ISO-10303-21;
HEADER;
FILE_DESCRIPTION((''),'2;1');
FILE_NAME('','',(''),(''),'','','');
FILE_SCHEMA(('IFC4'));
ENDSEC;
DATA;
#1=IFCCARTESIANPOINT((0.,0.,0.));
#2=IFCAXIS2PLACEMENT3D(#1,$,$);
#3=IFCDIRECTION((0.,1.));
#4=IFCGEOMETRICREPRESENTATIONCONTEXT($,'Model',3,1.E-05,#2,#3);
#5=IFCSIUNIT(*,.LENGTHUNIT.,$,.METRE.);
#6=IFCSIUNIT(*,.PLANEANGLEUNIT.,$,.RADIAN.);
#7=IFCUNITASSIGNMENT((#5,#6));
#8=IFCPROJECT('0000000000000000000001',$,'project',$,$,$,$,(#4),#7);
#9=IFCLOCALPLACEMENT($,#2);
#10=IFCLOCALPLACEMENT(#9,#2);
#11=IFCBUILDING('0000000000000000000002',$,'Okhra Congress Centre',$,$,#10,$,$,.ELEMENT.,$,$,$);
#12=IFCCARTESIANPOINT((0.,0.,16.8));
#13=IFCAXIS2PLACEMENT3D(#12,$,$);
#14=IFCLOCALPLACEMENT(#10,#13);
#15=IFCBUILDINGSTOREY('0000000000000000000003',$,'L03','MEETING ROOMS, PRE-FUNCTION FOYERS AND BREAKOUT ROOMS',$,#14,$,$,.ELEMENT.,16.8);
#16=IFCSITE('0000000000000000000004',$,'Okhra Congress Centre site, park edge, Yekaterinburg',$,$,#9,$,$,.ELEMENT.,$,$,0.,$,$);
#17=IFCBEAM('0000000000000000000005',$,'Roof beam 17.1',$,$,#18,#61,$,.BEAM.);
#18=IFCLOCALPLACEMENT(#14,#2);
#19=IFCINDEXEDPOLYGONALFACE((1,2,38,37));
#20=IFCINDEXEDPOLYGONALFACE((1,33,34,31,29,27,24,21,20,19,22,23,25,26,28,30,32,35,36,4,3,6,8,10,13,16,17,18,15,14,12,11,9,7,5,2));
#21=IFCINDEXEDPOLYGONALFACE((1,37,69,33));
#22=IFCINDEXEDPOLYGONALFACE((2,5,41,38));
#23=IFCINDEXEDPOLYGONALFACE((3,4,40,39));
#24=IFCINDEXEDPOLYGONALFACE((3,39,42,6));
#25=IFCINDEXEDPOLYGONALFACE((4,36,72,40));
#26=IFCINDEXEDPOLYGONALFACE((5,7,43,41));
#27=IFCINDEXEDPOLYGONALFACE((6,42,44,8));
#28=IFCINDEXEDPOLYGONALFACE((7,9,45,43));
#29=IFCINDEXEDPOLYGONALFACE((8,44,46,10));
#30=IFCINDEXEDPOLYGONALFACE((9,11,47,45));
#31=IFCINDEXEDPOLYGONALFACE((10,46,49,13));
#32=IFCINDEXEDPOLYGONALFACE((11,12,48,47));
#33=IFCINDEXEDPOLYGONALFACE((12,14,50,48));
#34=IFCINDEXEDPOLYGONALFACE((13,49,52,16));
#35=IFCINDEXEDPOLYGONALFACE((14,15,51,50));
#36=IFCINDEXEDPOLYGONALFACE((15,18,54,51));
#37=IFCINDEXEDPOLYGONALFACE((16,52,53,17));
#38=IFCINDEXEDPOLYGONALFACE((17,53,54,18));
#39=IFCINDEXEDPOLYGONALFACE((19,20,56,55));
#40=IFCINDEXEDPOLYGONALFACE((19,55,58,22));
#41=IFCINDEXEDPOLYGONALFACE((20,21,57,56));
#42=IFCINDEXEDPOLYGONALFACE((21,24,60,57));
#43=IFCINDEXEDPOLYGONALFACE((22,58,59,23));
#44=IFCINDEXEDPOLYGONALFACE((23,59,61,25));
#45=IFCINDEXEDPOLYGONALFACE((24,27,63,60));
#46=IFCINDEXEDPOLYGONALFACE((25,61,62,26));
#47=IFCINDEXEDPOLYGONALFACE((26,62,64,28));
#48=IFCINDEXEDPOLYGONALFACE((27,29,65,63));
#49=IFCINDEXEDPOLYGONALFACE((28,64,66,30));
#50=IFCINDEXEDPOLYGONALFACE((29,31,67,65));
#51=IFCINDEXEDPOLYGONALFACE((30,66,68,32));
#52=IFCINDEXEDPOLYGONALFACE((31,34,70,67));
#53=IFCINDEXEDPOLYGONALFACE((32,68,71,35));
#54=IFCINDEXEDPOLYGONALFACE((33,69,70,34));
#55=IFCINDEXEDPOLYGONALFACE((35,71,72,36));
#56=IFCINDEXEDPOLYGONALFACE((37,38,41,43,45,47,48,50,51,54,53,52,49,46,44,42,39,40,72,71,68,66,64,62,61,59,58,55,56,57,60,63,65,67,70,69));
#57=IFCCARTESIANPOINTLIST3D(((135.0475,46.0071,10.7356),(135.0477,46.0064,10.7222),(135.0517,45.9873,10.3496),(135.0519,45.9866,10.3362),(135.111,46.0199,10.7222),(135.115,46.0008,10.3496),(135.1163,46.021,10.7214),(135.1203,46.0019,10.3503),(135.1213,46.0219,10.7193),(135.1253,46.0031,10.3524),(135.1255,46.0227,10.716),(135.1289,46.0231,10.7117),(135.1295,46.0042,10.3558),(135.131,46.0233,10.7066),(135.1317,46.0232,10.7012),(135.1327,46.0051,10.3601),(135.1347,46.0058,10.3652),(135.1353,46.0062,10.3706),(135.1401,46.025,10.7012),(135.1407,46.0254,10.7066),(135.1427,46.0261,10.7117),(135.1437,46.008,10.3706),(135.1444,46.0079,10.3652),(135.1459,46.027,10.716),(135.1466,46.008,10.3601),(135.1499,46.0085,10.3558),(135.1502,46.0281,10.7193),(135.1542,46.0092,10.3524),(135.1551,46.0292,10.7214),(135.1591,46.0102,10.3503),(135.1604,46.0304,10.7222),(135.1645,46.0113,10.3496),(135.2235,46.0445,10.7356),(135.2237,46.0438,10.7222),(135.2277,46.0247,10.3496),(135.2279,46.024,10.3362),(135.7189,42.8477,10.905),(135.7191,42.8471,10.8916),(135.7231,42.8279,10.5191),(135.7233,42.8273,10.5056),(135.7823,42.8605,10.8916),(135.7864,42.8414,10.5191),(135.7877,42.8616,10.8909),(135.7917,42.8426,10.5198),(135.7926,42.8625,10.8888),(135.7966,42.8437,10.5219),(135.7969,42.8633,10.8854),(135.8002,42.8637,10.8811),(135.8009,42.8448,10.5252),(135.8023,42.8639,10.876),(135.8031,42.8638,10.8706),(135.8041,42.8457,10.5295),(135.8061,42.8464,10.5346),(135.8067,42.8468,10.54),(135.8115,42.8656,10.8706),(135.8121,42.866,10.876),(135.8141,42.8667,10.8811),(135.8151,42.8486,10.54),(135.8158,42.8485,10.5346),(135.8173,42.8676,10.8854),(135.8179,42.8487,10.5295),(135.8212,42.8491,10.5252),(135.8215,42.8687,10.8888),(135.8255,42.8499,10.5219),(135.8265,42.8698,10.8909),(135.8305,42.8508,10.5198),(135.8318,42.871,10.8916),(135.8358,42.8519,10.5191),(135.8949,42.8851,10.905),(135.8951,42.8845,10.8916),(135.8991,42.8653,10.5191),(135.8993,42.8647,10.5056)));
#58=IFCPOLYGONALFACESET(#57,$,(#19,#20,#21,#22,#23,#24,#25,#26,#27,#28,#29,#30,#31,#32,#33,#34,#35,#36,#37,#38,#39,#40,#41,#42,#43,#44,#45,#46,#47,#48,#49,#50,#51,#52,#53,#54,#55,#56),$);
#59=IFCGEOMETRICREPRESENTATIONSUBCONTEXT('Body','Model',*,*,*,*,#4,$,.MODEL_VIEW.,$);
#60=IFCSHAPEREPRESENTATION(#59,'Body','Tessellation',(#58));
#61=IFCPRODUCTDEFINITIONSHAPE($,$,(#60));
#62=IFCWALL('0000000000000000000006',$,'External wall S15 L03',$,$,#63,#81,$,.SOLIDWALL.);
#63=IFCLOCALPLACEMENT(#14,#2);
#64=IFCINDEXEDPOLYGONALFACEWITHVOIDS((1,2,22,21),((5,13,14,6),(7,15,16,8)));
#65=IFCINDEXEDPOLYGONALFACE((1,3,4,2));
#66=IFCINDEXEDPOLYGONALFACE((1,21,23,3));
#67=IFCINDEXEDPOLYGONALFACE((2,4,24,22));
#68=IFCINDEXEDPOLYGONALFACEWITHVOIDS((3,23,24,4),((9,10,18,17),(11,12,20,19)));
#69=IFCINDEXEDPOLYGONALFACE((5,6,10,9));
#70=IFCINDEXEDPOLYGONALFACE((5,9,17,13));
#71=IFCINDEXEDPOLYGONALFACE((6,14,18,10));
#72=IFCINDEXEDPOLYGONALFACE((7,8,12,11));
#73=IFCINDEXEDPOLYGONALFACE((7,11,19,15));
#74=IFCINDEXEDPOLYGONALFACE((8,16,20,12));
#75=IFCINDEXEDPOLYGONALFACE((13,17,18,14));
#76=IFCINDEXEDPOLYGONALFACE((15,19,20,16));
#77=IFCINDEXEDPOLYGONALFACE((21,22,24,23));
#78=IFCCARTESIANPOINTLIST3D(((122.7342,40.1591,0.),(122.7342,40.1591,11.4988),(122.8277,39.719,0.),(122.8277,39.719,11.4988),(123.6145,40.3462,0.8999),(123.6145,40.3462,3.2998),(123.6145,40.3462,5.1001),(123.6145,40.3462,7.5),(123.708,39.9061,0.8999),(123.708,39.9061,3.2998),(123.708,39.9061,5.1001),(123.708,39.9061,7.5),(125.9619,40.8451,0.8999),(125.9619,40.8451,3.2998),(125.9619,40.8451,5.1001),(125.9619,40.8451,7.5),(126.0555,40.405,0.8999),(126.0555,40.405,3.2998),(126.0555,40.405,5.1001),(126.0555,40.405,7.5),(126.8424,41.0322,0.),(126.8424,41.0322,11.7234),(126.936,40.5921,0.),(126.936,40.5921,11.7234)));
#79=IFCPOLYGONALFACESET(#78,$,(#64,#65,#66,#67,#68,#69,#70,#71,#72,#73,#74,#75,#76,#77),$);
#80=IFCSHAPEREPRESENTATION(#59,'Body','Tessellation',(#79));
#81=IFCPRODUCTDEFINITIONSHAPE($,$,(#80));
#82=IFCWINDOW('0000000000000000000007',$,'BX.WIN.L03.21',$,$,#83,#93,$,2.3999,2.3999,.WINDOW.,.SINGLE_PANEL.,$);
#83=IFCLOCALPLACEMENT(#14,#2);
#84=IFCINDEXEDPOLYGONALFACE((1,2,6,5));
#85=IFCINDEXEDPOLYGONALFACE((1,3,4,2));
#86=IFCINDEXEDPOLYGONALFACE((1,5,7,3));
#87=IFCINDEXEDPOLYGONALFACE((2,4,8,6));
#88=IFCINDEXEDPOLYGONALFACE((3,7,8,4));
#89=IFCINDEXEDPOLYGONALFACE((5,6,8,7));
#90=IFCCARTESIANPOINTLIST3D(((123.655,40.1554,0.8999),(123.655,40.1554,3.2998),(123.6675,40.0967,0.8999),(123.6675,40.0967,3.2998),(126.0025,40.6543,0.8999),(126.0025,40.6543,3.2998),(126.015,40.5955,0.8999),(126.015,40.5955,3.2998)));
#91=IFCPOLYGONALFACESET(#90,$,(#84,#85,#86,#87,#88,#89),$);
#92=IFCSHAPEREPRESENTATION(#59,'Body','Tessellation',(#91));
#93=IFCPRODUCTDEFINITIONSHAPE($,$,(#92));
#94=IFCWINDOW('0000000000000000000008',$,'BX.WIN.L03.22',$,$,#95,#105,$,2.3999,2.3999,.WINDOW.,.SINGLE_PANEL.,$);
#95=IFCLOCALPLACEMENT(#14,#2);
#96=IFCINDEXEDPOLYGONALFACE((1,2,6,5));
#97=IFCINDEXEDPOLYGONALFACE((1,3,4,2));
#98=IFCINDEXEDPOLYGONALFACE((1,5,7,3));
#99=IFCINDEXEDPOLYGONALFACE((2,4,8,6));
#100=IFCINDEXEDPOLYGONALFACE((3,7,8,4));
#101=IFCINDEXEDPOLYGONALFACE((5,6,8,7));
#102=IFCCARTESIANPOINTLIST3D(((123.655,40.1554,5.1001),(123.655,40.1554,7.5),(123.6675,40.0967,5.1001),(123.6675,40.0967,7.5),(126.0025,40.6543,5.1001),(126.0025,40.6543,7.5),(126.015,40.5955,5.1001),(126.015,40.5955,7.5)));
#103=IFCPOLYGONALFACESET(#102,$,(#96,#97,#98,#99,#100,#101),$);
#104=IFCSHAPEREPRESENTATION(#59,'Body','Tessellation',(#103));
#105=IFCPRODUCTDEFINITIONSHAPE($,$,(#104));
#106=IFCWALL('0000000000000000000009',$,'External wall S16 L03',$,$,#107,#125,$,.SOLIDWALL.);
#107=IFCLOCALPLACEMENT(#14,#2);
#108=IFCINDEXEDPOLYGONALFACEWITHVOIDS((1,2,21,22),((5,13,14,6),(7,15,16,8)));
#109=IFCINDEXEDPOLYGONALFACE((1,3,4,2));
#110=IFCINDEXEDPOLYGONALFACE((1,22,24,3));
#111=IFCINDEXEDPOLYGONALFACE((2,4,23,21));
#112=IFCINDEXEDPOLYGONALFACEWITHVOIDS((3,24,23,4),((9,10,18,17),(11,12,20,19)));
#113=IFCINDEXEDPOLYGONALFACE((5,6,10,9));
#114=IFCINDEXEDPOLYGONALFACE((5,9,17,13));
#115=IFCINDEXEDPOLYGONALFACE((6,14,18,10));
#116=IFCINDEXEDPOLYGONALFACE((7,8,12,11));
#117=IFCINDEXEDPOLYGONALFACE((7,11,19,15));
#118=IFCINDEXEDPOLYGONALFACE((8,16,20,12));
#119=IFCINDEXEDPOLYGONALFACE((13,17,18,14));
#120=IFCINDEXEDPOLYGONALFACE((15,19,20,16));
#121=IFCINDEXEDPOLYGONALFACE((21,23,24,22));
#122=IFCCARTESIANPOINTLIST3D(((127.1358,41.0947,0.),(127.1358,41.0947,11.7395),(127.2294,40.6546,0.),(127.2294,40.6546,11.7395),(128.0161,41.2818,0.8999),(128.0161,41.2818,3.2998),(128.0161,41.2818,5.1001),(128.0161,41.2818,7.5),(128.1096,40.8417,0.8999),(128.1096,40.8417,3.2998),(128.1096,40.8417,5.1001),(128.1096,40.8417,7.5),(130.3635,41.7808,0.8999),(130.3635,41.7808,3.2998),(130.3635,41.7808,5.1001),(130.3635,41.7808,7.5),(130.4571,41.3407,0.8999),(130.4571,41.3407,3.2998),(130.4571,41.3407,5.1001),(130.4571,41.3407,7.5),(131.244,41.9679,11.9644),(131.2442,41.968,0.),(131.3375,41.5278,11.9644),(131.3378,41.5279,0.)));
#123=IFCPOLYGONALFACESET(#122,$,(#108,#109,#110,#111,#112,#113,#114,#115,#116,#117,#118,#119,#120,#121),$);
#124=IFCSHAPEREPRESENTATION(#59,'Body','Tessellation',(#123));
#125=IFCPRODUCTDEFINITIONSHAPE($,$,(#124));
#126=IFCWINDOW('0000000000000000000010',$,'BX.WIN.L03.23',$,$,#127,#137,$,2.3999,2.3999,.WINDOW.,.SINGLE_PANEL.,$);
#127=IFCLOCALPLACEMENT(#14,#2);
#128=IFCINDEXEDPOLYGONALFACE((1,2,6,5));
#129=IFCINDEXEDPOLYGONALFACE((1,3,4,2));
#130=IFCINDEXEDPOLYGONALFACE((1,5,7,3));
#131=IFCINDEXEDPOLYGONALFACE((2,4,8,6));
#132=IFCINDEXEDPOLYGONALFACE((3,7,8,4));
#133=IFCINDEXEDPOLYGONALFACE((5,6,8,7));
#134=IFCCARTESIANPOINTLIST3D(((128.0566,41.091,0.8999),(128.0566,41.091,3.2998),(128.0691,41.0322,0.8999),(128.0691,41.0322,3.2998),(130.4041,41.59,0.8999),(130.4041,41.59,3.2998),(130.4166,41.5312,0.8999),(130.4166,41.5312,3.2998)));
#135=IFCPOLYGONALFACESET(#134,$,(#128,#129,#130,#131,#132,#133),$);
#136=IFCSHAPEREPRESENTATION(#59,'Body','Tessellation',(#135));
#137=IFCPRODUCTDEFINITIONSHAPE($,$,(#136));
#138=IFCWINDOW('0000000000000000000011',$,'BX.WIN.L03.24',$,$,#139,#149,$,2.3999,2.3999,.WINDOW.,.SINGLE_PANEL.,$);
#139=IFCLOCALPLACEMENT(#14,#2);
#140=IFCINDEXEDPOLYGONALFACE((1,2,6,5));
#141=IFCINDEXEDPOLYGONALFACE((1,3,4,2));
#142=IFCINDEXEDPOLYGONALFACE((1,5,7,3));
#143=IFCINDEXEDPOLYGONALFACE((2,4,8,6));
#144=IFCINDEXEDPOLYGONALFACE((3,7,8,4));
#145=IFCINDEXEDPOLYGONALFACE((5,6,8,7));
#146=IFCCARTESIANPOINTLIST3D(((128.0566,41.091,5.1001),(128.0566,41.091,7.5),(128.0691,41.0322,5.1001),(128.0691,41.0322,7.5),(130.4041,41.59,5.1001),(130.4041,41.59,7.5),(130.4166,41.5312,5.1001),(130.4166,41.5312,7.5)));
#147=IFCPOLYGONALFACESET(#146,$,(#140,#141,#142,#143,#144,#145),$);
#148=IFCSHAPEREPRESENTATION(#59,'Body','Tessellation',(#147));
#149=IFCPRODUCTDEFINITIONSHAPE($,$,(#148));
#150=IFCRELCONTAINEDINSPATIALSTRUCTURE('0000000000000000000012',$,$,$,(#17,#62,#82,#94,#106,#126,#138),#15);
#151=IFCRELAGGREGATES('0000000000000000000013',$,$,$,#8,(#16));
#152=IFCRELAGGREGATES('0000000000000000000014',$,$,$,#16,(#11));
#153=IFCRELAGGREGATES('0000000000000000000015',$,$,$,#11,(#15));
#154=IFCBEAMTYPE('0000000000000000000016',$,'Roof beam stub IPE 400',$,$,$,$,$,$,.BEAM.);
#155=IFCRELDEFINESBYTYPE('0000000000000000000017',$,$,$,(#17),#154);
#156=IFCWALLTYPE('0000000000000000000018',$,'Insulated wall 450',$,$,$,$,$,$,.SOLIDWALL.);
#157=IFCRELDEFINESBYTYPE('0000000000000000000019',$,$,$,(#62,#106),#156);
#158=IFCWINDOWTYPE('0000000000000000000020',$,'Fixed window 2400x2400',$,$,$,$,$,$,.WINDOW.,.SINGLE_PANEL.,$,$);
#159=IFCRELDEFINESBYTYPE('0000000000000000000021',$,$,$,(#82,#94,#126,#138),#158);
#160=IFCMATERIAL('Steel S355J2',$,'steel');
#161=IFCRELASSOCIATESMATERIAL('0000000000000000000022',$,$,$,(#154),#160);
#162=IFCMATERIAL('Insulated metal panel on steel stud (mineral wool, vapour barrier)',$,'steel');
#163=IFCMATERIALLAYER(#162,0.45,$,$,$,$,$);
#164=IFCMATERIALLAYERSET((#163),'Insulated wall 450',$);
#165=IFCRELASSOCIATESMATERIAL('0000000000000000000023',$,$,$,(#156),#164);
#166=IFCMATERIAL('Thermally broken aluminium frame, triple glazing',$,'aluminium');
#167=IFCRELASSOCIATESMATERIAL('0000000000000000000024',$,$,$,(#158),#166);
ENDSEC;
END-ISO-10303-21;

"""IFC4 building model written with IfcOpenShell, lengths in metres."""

from ifc_helpers import new_model, si_unit, direction, frame, frame_2d, origin, origin_2d, place, context, subcontext, project, spatial, polyline, rectangle, i_section, outline, extrude, material, layer, layer_set, material_profile, profile_set, type_object, element, fill, save


model = new_model("IFC4")

# Units and contexts
model_context = context("Model", 3, precision=1e-05, world=origin(), true_north=direction((0.0, 1.0)))
body_context = subcontext(model_context, "Body", "Model", "MODEL_VIEW")
ifc_project = project(units=[si_unit("LENGTHUNIT", "METRE"), si_unit("PLANEANGLEUNIT", "RADIAN")], contexts=[model_context])

# Site, building, storey
site_placement = place(None, origin())
site = spatial("IfcSite", under=ifc_project, at=site_placement, Name="Okhra Congress Centre site, park edge, Yekaterinburg", CompositionType="ELEMENT", RefElevation=0.0)
building_placement = place(site_placement, origin())
building = spatial("IfcBuilding", under=site, at=building_placement, Name="Okhra Congress Centre", CompositionType="ELEMENT")
storey_placement = place(building_placement, frame((0.0, 0.0, 16.8)))
storey = spatial("IfcBuildingStorey", under=building, at=storey_placement, Name="L03", Description="MEETING ROOMS, PRE-FUNCTION FOYERS AND BREAKOUT ROOMS", CompositionType="ELEMENT", Elevation=16.8)

# Shared definitions
ifc_material_1 = material(Name="Steel S355J2", Category="steel")

# Beam
ifc_material_profile_1 = material_profile(ifc_material_1, i_section(OverallWidth=0.1799, OverallDepth=0.3999, WebThickness=0.0085, FlangeThickness=0.0134, FilletRadius=0.021, at=origin_2d()), Name="IPE 400")
ifc_profile_set_1 = profile_set([ifc_material_profile_1], Name="Steel S355J2")
beam_type_1 = type_object("IfcBeamType", Name="Roof beam stub IPE 400", PredefinedType="BEAM", material=ifc_profile_set_1)
beam_placement = place(storey_placement, frame((135.8091, 42.8562, 10.7053), z_axis=(-0.207576, 0.976815, -0.052385), x_axis=(-0.978158, -0.207861, 0.0)))
element("IfcBeam", 1, at=beam_placement, inside=storey, type_object=beam_type_1, Name="Roof beam 17.1", PredefinedType="BEAM", context=body_context, shape_type="SweptSolid", body=[
    extrude(i_section(OverallWidth=0.1799, OverallDepth=0.3999, WebThickness=0.0085, FlangeThickness=0.0134, FilletRadius=0.021, at=origin_2d()), origin(), (0.0, 0.0, 1.0), 3.2344),
])

# Walls, openings, windows
ifc_material_2 = material(Name="Insulated metal panel on steel stud (mineral wool, vapour barrier)", Category="steel")
ifc_layer_1 = layer(ifc_material_2, 0.45)
ifc_layer_set_1 = layer_set([ifc_layer_1], Name="Insulated wall 450")
wall_type_1 = type_object("IfcWallType", Name="Insulated wall 450", PredefinedType="SOLIDWALL", material=ifc_layer_set_1)
wall_1_placement = place(storey_placement, frame((122.781, 39.939, 0.0), z_axis=(0.0, 0.0, 1.0), x_axis=(0.978156, 0.207873, 0.0)))
wall_1 = element("IfcWall", 2, at=wall_1_placement, inside=storey, type_object=wall_type_1, Name="External wall S15 L03", PredefinedType="SOLIDWALL", context=body_context, shape_type="SweptSolid", body=[
    extrude(outline(polyline([(0.0, 0.0), (4.2, 0.0), (4.2, 11.7234), (0.0, 11.4988), (0.0, 0.0)])), frame((0.0, 0.2251, 0.0), z_axis=(0.0, -1.0, 0.0), x_axis=(1.0, 0.0, 0.0)), (0.0, 0.0, 1.0), 0.45),
])
opening_1_placement = place(wall_1_placement, frame((0.8999, 0.0, 0.8999)))
opening_1 = element("IfcOpeningElement", 3, at=opening_1_placement, cuts=wall_1, PredefinedType="OPENING", context=body_context, shape_type="SweptSolid", body=[
    extrude(rectangle(XDim=2.3999, YDim=2.3999, at=frame_2d((1.2, 1.2))), frame((0.0, 0.2349, 0.0), z_axis=(0.0, -1.0, 0.0), x_axis=(1.0, 0.0, 0.0)), (0.0, 0.0, 1.0), 0.47),
])
opening_2_placement = place(wall_1_placement, frame((0.8999, 0.0, 5.1001)))
opening_2 = element("IfcOpeningElement", 4, at=opening_2_placement, cuts=wall_1, PredefinedType="OPENING", context=body_context, shape_type="SweptSolid", body=[
    extrude(rectangle(XDim=2.3999, YDim=2.3999, at=frame_2d((1.2, 1.2))), frame((0.0, 0.2349, 0.0), z_axis=(0.0, -1.0, 0.0), x_axis=(1.0, 0.0, 0.0)), (0.0, 0.0, 1.0), 0.47),
])
ifc_material_3 = material(Name="Thermally broken aluminium frame, triple glazing", Category="aluminium")
window_type_1 = type_object("IfcWindowType", Name="Fixed window 2400x2400", PartitioningType="SINGLE_PANEL", PredefinedType="WINDOW", material=ifc_material_3)
window_1_placement = place(opening_1_placement, origin())
window_1 = element("IfcWindow", 5, at=window_1_placement, inside=storey, type_object=window_type_1, Name="BX.WIN.L03.21", OverallHeight=2.3999, OverallWidth=2.3999, PartitioningType="SINGLE_PANEL", PredefinedType="WINDOW", context=body_context, shape_type="SweptSolid", body=[
    extrude(rectangle(XDim=2.3999, YDim=2.3999, at=frame_2d((1.2, 1.2))), frame((0.0, 0.03, 0.0), z_axis=(0.0, -1.0, 0.0), x_axis=(1.0, 0.0, 0.0)), (0.0, 0.0, 1.0), 0.0601),
])
fill(opening_1, window_1)
window_2_placement = place(opening_2_placement, origin())
window_2 = element("IfcWindow", 6, at=window_2_placement, inside=storey, type_object=window_type_1, Name="BX.WIN.L03.22", OverallHeight=2.3999, OverallWidth=2.3999, PartitioningType="SINGLE_PANEL", PredefinedType="WINDOW", context=body_context, shape_type="SweptSolid", body=[
    extrude(rectangle(XDim=2.3999, YDim=2.3999, at=frame_2d((1.2, 1.2))), frame((0.0, 0.03, 0.0), z_axis=(0.0, -1.0, 0.0), x_axis=(1.0, 0.0, 0.0)), (0.0, 0.0, 1.0), 0.0601),
])
fill(opening_2, window_2)
wall_2_placement = place(storey_placement, frame((127.1826, 40.8745, 0.0), z_axis=(0.0, 0.0, 1.0), x_axis=(0.978146, 0.207917, 0.0)))
wall_2 = element("IfcWall", 7, at=wall_2_placement, inside=storey, type_object=wall_type_1, Name="External wall S16 L03", PredefinedType="SOLIDWALL", context=body_context, shape_type="SweptSolid", body=[
    extrude(outline(polyline([(0.0, 0.0), (4.2002, 0.0), (4.2, 11.9644), (0.0, 11.7395), (0.0, 0.0)])), frame((0.0, 0.2251, 0.0), z_axis=(0.0, -1.0, 0.0), x_axis=(1.0, 0.0, 0.0)), (0.0, 0.0, 1.0), 0.45),
])
opening_3_placement = place(wall_2_placement, frame((0.8999, 0.0, 0.8999)))
opening_3 = element("IfcOpeningElement", 8, at=opening_3_placement, cuts=wall_2, PredefinedType="OPENING", context=body_context, shape_type="SweptSolid", body=[
    extrude(rectangle(XDim=2.3999, YDim=2.3999, at=frame_2d((1.2, 1.2))), frame((0.0, 0.2349, 0.0), z_axis=(0.0, -1.0, 0.0), x_axis=(1.0, 0.0, 0.0)), (0.0, 0.0, 1.0), 0.47),
])
opening_4_placement = place(wall_2_placement, frame((0.8999, 0.0, 5.1001)))
opening_4 = element("IfcOpeningElement", 9, at=opening_4_placement, cuts=wall_2, PredefinedType="OPENING", context=body_context, shape_type="SweptSolid", body=[
    extrude(rectangle(XDim=2.3999, YDim=2.3999, at=frame_2d((1.2, 1.2))), frame((0.0, 0.2349, 0.0), z_axis=(0.0, -1.0, 0.0), x_axis=(1.0, 0.0, 0.0)), (0.0, 0.0, 1.0), 0.47),
])
window_3_placement = place(opening_3_placement, origin())
window_3 = element("IfcWindow", 10, at=window_3_placement, inside=storey, type_object=window_type_1, Name="BX.WIN.L03.23", OverallHeight=2.3999, OverallWidth=2.3999, PartitioningType="SINGLE_PANEL", PredefinedType="WINDOW", context=body_context, shape_type="SweptSolid", body=[
    extrude(rectangle(XDim=2.3999, YDim=2.3999, at=frame_2d((1.2, 1.2))), frame((0.0, 0.03, 0.0), z_axis=(0.0, -1.0, 0.0), x_axis=(1.0, 0.0, 0.0)), (0.0, 0.0, 1.0), 0.0601),
])
fill(opening_3, window_3)
window_4_placement = place(opening_4_placement, origin())
window_4 = element("IfcWindow", 11, at=window_4_placement, inside=storey, type_object=window_type_1, Name="BX.WIN.L03.24", OverallHeight=2.3999, OverallWidth=2.3999, PartitioningType="SINGLE_PANEL", PredefinedType="WINDOW", context=body_context, shape_type="SweptSolid", body=[
    extrude(rectangle(XDim=2.3999, YDim=2.3999, at=frame_2d((1.2, 1.2))), frame((0.0, 0.03, 0.0), z_axis=(0.0, -1.0, 0.0), x_axis=(1.0, 0.0, 0.0)), (0.0, 0.0, 1.0), 0.0601),
])
fill(opening_4, window_4)

save(model, "model.ifc")
